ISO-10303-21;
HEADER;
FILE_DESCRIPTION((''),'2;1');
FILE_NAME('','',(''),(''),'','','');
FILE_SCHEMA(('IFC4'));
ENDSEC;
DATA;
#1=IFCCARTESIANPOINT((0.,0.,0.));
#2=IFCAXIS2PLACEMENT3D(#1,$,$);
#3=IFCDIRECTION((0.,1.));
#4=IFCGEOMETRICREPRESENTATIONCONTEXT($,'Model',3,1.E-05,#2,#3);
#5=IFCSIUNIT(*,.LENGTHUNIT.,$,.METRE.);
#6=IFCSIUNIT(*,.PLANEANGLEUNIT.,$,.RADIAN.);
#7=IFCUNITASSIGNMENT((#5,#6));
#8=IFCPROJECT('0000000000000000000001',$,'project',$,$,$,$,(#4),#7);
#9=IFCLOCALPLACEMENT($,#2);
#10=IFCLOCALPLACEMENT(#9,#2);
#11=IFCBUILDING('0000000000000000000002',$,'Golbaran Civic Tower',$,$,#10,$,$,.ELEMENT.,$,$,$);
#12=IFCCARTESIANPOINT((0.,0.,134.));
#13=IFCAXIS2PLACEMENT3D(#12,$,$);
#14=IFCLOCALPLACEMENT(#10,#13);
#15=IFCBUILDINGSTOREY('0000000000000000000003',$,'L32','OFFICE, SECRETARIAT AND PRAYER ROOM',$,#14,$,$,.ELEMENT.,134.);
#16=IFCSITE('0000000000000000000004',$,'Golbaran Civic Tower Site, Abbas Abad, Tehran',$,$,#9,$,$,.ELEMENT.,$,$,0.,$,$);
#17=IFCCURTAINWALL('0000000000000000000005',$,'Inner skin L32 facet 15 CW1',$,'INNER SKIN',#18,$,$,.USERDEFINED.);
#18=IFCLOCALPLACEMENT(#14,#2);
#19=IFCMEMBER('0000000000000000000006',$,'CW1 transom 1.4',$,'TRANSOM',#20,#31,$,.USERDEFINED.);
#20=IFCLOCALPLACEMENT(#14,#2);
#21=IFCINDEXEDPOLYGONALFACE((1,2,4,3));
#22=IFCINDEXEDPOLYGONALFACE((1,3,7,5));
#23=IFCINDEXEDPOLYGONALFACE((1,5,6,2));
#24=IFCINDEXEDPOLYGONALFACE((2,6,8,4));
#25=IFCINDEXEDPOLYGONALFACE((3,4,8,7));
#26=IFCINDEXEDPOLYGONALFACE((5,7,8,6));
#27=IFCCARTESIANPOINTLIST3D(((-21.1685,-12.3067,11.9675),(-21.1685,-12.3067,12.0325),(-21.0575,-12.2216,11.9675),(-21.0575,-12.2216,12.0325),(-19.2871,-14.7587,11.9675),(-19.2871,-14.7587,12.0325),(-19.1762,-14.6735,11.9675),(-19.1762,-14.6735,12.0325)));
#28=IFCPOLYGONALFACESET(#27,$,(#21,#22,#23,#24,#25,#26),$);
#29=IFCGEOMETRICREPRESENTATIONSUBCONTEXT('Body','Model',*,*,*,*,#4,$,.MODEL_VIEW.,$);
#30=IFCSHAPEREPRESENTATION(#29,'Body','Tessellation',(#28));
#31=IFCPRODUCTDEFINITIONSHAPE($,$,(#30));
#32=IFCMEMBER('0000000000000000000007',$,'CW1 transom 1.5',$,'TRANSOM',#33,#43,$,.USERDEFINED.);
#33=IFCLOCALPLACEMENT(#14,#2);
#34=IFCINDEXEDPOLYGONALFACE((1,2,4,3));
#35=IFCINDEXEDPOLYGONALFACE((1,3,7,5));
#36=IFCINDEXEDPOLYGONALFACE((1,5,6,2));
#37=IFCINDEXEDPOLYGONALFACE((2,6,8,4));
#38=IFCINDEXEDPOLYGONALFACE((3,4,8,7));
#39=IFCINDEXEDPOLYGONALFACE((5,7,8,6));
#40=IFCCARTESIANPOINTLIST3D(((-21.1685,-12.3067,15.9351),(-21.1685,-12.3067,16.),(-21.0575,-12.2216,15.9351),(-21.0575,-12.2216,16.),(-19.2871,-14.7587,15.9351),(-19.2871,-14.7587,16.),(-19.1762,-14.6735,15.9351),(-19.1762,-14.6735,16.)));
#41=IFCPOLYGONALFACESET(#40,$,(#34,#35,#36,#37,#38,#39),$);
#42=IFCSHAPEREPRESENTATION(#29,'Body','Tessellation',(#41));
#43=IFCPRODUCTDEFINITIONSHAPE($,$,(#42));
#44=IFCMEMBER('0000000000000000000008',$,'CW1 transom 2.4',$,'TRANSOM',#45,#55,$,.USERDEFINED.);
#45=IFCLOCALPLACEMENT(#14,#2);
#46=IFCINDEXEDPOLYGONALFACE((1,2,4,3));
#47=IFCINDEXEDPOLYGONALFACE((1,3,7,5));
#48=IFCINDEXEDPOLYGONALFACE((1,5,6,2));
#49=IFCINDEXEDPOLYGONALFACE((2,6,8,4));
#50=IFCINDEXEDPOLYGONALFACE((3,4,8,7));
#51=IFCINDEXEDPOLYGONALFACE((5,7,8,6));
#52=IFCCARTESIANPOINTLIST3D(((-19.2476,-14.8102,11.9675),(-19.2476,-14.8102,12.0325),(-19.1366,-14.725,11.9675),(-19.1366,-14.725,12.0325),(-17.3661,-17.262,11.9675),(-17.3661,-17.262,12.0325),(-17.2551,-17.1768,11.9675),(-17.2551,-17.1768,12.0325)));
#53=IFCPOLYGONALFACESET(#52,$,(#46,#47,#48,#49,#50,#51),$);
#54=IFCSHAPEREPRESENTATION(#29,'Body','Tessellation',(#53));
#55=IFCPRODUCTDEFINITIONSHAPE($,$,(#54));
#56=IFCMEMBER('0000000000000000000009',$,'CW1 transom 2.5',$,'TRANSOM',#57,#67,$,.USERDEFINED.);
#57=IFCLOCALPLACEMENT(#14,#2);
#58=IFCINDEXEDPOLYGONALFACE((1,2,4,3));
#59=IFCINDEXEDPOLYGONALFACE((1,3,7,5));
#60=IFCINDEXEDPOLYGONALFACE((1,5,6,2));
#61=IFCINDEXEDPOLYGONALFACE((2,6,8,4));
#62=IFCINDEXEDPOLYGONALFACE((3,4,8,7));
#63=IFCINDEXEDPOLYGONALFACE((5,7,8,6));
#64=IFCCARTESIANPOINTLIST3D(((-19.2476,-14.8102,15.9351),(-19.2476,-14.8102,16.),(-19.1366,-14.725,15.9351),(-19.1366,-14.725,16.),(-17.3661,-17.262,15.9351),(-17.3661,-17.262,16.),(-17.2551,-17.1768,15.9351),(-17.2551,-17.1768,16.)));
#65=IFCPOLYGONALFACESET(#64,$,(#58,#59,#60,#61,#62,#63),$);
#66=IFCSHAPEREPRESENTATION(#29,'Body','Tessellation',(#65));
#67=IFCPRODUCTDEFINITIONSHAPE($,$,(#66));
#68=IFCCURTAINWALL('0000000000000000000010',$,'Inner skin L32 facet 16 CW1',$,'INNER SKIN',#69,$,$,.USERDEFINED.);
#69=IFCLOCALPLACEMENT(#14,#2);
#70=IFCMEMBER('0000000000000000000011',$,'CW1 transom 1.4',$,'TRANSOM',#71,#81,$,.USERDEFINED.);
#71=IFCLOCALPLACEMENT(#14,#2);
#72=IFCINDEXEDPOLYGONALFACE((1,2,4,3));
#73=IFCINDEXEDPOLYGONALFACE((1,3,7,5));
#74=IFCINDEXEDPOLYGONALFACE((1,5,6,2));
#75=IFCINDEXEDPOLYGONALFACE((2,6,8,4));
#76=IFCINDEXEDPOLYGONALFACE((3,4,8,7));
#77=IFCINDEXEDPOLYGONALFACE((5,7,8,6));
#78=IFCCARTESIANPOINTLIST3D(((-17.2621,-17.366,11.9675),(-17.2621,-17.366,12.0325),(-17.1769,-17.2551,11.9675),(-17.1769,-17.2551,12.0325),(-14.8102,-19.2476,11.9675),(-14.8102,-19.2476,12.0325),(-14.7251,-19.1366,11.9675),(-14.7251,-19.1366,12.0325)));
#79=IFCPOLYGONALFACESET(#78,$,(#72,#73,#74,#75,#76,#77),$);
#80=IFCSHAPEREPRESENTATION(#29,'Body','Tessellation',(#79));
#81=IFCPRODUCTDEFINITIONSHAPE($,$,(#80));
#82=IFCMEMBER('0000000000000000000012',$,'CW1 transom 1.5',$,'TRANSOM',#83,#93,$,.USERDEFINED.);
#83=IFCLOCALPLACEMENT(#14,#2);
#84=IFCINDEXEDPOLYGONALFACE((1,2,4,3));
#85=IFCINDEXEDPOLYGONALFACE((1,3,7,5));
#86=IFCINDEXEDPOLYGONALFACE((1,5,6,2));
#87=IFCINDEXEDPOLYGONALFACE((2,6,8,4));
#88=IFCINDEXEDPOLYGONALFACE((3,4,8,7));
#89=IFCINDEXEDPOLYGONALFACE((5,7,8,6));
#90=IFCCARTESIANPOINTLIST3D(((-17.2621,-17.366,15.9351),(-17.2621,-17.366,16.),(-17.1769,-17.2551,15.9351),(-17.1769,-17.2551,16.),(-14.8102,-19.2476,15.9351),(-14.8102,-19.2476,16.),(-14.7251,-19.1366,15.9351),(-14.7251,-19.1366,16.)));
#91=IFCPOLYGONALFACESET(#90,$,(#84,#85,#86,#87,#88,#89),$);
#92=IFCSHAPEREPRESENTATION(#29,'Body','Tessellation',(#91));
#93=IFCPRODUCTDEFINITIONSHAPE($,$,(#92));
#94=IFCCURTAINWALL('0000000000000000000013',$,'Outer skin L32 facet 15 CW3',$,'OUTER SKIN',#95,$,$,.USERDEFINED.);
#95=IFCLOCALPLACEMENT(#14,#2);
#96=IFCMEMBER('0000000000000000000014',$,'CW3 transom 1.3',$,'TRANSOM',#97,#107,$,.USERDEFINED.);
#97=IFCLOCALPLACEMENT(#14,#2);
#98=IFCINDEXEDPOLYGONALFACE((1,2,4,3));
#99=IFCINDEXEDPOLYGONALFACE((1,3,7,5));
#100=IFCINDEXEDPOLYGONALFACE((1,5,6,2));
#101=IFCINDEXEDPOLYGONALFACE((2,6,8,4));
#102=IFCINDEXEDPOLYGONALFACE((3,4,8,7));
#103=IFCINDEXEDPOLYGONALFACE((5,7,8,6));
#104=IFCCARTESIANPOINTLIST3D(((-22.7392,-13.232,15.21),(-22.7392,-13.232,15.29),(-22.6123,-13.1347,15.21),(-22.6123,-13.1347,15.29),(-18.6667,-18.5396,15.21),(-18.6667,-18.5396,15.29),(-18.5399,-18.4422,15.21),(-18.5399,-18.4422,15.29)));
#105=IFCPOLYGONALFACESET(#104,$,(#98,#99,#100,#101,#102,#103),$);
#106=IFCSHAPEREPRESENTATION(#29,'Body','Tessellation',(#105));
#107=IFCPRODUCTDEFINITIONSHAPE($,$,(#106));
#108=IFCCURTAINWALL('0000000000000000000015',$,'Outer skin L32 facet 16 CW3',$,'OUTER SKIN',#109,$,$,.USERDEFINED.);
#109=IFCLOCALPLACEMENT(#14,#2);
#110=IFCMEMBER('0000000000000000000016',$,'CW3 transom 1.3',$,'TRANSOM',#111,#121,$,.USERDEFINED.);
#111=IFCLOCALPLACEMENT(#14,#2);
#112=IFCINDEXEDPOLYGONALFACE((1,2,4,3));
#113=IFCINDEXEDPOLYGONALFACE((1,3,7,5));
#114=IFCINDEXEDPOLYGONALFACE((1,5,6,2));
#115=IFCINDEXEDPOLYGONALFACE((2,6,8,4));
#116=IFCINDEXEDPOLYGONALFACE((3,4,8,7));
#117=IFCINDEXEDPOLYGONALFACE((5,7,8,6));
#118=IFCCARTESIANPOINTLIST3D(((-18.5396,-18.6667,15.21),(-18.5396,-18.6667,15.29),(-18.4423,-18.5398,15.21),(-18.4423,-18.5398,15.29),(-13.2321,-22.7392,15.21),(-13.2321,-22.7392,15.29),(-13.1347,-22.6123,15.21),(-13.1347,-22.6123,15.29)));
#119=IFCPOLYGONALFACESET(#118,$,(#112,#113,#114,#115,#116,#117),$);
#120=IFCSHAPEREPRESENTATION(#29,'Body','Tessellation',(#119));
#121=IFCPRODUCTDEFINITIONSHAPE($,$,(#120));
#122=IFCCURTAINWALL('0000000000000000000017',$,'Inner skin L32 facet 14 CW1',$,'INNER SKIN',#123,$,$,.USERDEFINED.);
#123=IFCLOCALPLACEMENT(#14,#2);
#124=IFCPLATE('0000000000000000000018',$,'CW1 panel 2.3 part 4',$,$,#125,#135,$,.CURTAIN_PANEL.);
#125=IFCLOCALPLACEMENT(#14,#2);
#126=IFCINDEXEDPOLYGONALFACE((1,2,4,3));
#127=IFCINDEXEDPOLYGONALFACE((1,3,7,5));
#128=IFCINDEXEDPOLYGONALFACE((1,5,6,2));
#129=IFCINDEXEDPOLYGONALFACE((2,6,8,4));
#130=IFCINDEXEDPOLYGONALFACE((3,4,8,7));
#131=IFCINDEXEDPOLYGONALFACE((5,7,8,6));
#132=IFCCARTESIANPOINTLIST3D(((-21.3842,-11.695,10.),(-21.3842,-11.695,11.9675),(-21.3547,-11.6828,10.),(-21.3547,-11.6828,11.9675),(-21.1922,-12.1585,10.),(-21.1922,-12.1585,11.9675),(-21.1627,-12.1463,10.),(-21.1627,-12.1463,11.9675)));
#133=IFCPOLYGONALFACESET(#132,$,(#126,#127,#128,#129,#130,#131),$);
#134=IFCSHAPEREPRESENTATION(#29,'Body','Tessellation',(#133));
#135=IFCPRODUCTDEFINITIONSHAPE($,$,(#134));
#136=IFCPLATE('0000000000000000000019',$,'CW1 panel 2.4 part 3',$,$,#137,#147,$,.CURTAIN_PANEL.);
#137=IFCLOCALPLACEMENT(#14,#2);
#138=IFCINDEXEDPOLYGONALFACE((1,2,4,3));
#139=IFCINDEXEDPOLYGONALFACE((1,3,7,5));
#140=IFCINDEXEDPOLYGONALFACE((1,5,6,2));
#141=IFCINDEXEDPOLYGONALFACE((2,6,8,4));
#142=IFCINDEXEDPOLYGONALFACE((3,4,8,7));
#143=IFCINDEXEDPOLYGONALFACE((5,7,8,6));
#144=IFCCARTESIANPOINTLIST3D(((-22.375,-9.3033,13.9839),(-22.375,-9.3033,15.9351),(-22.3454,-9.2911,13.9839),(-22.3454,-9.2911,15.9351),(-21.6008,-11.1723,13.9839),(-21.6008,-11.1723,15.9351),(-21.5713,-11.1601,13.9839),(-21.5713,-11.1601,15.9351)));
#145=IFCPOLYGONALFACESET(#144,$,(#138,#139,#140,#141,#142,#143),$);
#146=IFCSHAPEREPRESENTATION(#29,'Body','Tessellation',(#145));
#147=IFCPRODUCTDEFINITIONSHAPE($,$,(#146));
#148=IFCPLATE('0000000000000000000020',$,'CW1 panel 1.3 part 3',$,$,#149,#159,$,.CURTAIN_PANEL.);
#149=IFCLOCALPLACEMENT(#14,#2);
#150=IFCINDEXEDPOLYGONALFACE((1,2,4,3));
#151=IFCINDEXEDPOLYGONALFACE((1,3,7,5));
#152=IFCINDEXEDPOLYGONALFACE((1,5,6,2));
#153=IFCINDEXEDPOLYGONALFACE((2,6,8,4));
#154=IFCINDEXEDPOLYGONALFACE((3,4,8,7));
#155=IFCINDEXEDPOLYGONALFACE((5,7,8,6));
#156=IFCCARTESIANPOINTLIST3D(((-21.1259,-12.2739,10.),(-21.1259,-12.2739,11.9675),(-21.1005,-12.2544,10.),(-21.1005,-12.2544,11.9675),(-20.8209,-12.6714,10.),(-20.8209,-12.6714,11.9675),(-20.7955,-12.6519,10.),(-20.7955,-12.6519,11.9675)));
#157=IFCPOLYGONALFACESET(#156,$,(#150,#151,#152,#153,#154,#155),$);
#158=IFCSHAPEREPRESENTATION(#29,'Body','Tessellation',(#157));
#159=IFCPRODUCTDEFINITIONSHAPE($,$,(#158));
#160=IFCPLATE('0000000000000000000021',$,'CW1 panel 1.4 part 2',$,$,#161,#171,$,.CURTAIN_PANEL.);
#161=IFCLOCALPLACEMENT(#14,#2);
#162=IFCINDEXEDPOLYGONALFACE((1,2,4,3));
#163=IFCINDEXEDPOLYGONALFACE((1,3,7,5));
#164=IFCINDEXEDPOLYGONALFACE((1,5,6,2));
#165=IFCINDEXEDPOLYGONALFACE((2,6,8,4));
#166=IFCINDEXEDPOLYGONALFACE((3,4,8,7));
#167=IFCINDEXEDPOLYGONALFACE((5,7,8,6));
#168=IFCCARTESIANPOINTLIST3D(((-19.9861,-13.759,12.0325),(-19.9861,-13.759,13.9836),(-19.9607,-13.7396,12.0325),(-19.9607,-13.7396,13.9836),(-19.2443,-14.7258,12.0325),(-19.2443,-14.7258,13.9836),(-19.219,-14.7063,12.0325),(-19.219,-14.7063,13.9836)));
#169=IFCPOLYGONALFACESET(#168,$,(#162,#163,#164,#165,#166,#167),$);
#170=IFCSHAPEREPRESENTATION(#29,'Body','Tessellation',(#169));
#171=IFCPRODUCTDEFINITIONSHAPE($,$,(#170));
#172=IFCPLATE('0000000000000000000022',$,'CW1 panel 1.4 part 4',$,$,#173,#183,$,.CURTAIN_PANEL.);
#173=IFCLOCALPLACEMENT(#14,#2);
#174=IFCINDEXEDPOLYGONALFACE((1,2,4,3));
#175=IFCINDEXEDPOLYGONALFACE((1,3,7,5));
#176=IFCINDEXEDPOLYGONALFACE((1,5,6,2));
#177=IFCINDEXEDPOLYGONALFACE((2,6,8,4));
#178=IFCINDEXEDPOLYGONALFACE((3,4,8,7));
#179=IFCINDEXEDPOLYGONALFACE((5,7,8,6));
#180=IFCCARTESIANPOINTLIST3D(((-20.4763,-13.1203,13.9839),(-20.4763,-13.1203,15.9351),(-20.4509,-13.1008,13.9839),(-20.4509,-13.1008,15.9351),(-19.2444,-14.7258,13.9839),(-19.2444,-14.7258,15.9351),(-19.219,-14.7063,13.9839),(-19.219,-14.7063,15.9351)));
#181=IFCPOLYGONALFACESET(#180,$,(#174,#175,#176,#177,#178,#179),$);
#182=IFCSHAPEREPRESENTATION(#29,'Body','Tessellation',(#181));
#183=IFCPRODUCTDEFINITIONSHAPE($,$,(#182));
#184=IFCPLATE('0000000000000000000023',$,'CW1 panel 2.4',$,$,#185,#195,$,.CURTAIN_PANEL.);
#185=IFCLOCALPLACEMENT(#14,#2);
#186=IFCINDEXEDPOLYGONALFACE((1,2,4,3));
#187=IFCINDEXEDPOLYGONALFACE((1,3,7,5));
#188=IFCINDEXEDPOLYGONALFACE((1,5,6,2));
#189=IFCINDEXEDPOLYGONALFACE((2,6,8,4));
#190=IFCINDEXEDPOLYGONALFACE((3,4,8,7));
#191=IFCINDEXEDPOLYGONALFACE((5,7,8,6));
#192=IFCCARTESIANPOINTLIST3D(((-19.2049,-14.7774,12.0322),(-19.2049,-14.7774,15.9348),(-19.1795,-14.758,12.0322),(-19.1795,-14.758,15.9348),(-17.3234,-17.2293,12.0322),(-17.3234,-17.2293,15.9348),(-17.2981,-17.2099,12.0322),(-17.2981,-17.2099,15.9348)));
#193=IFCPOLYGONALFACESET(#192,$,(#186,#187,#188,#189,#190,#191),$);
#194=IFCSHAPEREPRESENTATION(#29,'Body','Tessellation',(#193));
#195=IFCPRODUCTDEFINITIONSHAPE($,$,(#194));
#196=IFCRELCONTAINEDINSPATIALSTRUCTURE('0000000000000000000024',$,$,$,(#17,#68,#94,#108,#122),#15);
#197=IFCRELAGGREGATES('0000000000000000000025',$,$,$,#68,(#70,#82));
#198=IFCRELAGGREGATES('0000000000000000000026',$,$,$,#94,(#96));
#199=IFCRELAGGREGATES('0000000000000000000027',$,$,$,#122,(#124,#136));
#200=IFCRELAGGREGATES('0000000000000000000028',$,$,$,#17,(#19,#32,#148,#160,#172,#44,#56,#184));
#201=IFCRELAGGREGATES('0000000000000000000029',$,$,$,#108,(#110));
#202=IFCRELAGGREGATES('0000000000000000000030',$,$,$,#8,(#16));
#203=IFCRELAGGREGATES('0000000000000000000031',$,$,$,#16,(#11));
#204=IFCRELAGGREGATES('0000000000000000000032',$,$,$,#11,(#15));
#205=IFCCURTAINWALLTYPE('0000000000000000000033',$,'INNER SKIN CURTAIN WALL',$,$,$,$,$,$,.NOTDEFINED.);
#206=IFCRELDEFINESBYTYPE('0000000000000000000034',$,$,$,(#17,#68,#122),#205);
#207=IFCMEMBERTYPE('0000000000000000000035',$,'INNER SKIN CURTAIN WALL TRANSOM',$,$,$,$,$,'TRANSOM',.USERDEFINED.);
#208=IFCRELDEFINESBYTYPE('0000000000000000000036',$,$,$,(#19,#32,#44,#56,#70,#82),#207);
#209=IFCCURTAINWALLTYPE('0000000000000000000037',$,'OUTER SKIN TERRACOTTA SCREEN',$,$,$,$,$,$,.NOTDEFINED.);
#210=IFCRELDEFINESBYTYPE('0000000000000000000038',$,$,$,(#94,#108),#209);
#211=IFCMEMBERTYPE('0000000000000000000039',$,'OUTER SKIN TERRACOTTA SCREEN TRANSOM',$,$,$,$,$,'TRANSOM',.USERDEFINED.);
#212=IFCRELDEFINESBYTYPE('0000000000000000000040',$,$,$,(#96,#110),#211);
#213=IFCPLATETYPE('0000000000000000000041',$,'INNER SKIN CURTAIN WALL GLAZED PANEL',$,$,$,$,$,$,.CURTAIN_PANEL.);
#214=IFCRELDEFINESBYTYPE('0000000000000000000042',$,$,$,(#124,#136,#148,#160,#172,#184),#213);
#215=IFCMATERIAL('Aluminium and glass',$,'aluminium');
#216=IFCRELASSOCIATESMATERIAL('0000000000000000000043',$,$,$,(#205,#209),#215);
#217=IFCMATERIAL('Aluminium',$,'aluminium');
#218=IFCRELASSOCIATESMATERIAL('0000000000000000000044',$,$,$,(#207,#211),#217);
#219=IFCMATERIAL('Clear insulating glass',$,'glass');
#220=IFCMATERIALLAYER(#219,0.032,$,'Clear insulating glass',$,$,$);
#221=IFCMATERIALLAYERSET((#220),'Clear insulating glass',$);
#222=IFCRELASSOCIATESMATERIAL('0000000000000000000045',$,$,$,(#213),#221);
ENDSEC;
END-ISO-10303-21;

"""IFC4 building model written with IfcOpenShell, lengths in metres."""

from ifc_helpers import new_model, si_unit, direction, frame, origin, origin_2d, place, context, subcontext, project, spatial, rectangle, extrude, material, layer, layer_set, material_profile, profile_set, type_object, element, aggregate, save


model = new_model("IFC4")

# Units and contexts
model_context = context("Model", 3, precision=1e-05, world=origin(), true_north=direction((0.0, 1.0)))
body_context = subcontext(model_context, "Body", "Model", "MODEL_VIEW")
ifc_project = project(units=[si_unit("LENGTHUNIT", "METRE"), si_unit("PLANEANGLEUNIT", "RADIAN")], contexts=[model_context])

# Site, building, storey
site_placement = place(None, origin())
site = spatial("IfcSite", under=ifc_project, at=site_placement, Name="Golbaran Civic Tower Site, Abbas Abad, Tehran", CompositionType="ELEMENT", RefElevation=0.0)
building_placement = place(site_placement, origin())
building = spatial("IfcBuilding", under=site, at=building_placement, Name="Golbaran Civic Tower", CompositionType="ELEMENT")
storey_placement = place(building_placement, frame((0.0, 0.0, 134.0)))
storey = spatial("IfcBuildingStorey", under=building, at=storey_placement, Name="L32", Description="OFFICE, SECRETARIAT AND PRAYER ROOM", CompositionType="ELEMENT", Elevation=134.0)

# Curtain walls, members
ifc_material_1 = material(Name="Aluminium and glass", Category="aluminium")
curtain_wall_type_1 = type_object("IfcCurtainWallType", Name="INNER SKIN CURTAIN WALL", PredefinedType="NOTDEFINED", material=ifc_material_1)
curtain_wall_1_placement = place(storey_placement, origin())
curtain_wall_1 = element("IfcCurtainWall", 1, at=curtain_wall_1_placement, inside=storey, type_object=curtain_wall_type_1, Name="Inner skin L32 facet 15 CW1", ObjectType="INNER SKIN", PredefinedType="USERDEFINED")
ifc_material_2 = material(Name="Aluminium", Category="aluminium")
ifc_material_profile_1 = material_profile(ifc_material_2, rectangle(XDim=0.1399, YDim=0.0649, at=origin_2d()), Name="INNER SKIN CURTAIN WALL TRANSOM")
ifc_profile_set_1 = profile_set([ifc_material_profile_1], Name="Aluminium")
member_type_1 = type_object("IfcMemberType", Name="INNER SKIN CURTAIN WALL TRANSOM", ElementType="TRANSOM", PredefinedType="USERDEFINED", material=ifc_profile_set_1)
member_1_placement = place(storey_placement, frame((-21.113, -12.2642, 12.0), z_axis=(0.608748, -0.793363, 0.0), x_axis=(0.793363, 0.608748, 0.0)))
member_1 = element("IfcMember", 2, at=member_1_placement, type_object=member_type_1, Name="CW1 transom 1.4", ObjectType="TRANSOM", PredefinedType="USERDEFINED", context=body_context, shape_type="SweptSolid", body=[
    extrude(rectangle(XDim=0.1399, YDim=0.0649, at=origin_2d()), origin(), (0.0, 0.0, 1.0), 3.0906),
])
member_2_placement = place(storey_placement, frame((-21.113, -12.2642, 15.9675), z_axis=(0.608748, -0.793363, 0.0), x_axis=(0.793363, 0.608748, 0.0)))
member_2 = element("IfcMember", 3, at=member_2_placement, type_object=member_type_1, Name="CW1 transom 1.5", ObjectType="TRANSOM", PredefinedType="USERDEFINED", context=body_context, shape_type="SweptSolid", body=[
    extrude(rectangle(XDim=0.1399, YDim=0.0649, at=origin_2d()), origin(), (0.0, 0.0, 1.0), 3.0906),
])
member_3_placement = place(storey_placement, frame((-19.1921, -14.7676, 12.0), z_axis=(0.608798, -0.793325, 0.0), x_axis=(0.793325, 0.608798, 0.0)))
member_3 = element("IfcMember", 4, at=member_3_placement, type_object=member_type_1, Name="CW1 transom 2.4", ObjectType="TRANSOM", PredefinedType="USERDEFINED", context=body_context, shape_type="SweptSolid", body=[
    extrude(rectangle(XDim=0.1399, YDim=0.0649, at=origin_2d()), origin(), (0.0, 0.0, 1.0), 3.0906),
])
member_4_placement = place(storey_placement, frame((-19.1921, -14.7676, 15.9675), z_axis=(0.608798, -0.793325, 0.0), x_axis=(0.793325, 0.608798, 0.0)))
member_4 = element("IfcMember", 5, at=member_4_placement, type_object=member_type_1, Name="CW1 transom 2.5", ObjectType="TRANSOM", PredefinedType="USERDEFINED", context=body_context, shape_type="SweptSolid", body=[
    extrude(rectangle(XDim=0.1399, YDim=0.0649, at=origin_2d()), origin(), (0.0, 0.0, 1.0), 3.0906),
])
curtain_wall_2_placement = place(storey_placement, origin())
curtain_wall_2 = element("IfcCurtainWall", 6, at=curtain_wall_2_placement, inside=storey, type_object=curtain_wall_type_1, Name="Inner skin L32 facet 16 CW1", ObjectType="INNER SKIN", PredefinedType="USERDEFINED")
member_5_placement = place(storey_placement, frame((-17.2195, -17.3105, 12.0), z_axis=(0.793325, -0.608798, 0.0), x_axis=(0.608798, 0.793325, 0.0)))
member_5 = element("IfcMember", 7, at=member_5_placement, type_object=member_type_1, Name="CW1 transom 1.4", ObjectType="TRANSOM", PredefinedType="USERDEFINED", context=body_context, shape_type="SweptSolid", body=[
    extrude(rectangle(XDim=0.1399, YDim=0.0649, at=origin_2d()), origin(), (0.0, 0.0, 1.0), 3.0906),
])
member_6_placement = place(storey_placement, frame((-17.2195, -17.3105, 15.9675), z_axis=(0.793325, -0.608798, 0.0), x_axis=(0.608798, 0.793325, 0.0)))
member_6 = element("IfcMember", 8, at=member_6_placement, type_object=member_type_1, Name="CW1 transom 1.5", ObjectType="TRANSOM", PredefinedType="USERDEFINED", context=body_context, shape_type="SweptSolid", body=[
    extrude(rectangle(XDim=0.1399, YDim=0.0649, at=origin_2d()), origin(), (0.0, 0.0, 1.0), 3.0906),
])
aggregate(curtain_wall_2, [member_5, member_6])

# Curtain walls, members
curtain_wall_type_2 = type_object("IfcCurtainWallType", Name="OUTER SKIN TERRACOTTA SCREEN", PredefinedType="NOTDEFINED", material=ifc_material_1)
curtain_wall_3_placement = place(storey_placement, origin())
curtain_wall_3 = element("IfcCurtainWall", 9, at=curtain_wall_3_placement, inside=storey, type_object=curtain_wall_type_2, Name="Outer skin L32 facet 15 CW3", ObjectType="OUTER SKIN", PredefinedType="USERDEFINED")
ifc_material_profile_2 = material_profile(ifc_material_2, rectangle(XDim=0.1599, YDim=0.0801, at=origin_2d()), Name="OUTER SKIN TERRACOTTA SCREEN TRANSOM")
ifc_profile_set_2 = profile_set([ifc_material_profile_2], Name="Aluminium")
member_type_2 = type_object("IfcMemberType", Name="OUTER SKIN TERRACOTTA SCREEN TRANSOM", ElementType="TRANSOM", PredefinedType="USERDEFINED", material=ifc_profile_set_2)
member_7_placement = place(storey_placement, frame((-22.6758, -13.1833, 15.25), z_axis=(0.608746, -0.793365, 0.0), x_axis=(0.793365, 0.608746, 0.0)))
member_7 = element("IfcMember", 10, at=member_7_placement, type_object=member_type_2, Name="CW3 transom 1.3", ObjectType="TRANSOM", PredefinedType="USERDEFINED", context=body_context, shape_type="SweptSolid", body=[
    extrude(rectangle(XDim=0.1599, YDim=0.0801, at=origin_2d()), origin(), (0.0, 0.0, 1.0), 6.6899),
])
aggregate(curtain_wall_3, [member_7])
curtain_wall_4_placement = place(storey_placement, origin())
curtain_wall_4 = element("IfcCurtainWall", 11, at=curtain_wall_4_placement, inside=storey, type_object=curtain_wall_type_2, Name="Outer skin L32 facet 16 CW3", ObjectType="OUTER SKIN", PredefinedType="USERDEFINED")
member_8_placement = place(storey_placement, frame((-18.491, -18.6033, 15.25), z_axis=(0.793365, -0.608746, 0.0), x_axis=(0.608746, 0.793365, 0.0)))
member_8 = element("IfcMember", 12, at=member_8_placement, type_object=member_type_2, Name="CW3 transom 1.3", ObjectType="TRANSOM", PredefinedType="USERDEFINED", context=body_context, shape_type="SweptSolid", body=[
    extrude(rectangle(XDim=0.1599, YDim=0.0801, at=origin_2d()), origin(), (0.0, 0.0, 1.0), 6.6899),
])

# Curtain wall, plates
curtain_wall_5_placement = place(storey_placement, origin())
curtain_wall_5 = element("IfcCurtainWall", 13, at=curtain_wall_5_placement, inside=storey, type_object=curtain_wall_type_1, Name="Inner skin L32 facet 14 CW1", ObjectType="INNER SKIN", PredefinedType="USERDEFINED")
ifc_material_3 = material(Name="Clear insulating glass", Category="glass")
ifc_layer_1 = layer(ifc_material_3, 0.032, Name="Clear insulating glass")
ifc_layer_set_1 = layer_set([ifc_layer_1], Name="Clear insulating glass")
plate_type_1 = type_object("IfcPlateType", Name="INNER SKIN CURTAIN WALL GLAZED PANEL", PredefinedType="CURTAIN_PANEL", material=ifc_layer_set_1)
plate_1_placement = place(storey_placement, frame((-21.2734, -11.9207, 10.0), z_axis=(0.0, 0.0, 1.0), x_axis=(0.382683, -0.92388, 0.0)))
plate_1 = element("IfcPlate", 14, at=plate_1_placement, type_object=plate_type_1, Name="CW1 panel 2.3 part 4", PredefinedType="CURTAIN_PANEL", context=body_context, shape_type="SweptSolid", body=[
    extrude(rectangle(XDim=0.5017, YDim=0.032, at=origin_2d()), origin(), (0.0, 0.0, 1.0), 1.9675),
])
plate_2_placement = place(storey_placement, frame((-21.9731, -10.2317, 13.9839), z_axis=(0.0, 0.0, 1.0), x_axis=(0.382683, -0.92388, 0.0)))
plate_2 = element("IfcPlate", 15, at=plate_2_placement, type_object=plate_type_1, Name="CW1 panel 2.4 part 3", PredefinedType="CURTAIN_PANEL", context=body_context, shape_type="SweptSolid", body=[
    extrude(rectangle(XDim=2.0229, YDim=0.032, at=origin_2d()), origin(), (0.0, 0.0, 1.0), 1.9512),
])

# Plates
plate_3_placement = place(storey_placement, frame((-20.9607, -12.4629, 10.0), z_axis=(0.0, 0.0, 1.0), x_axis=(0.608761, -0.793353, 0.0)))
plate_3 = element("IfcPlate", 16, at=plate_3_placement, type_object=plate_type_1, Name="CW1 panel 1.3 part 3", PredefinedType="CURTAIN_PANEL", context=body_context, shape_type="SweptSolid", body=[
    extrude(rectangle(XDim=0.501, YDim=0.032, at=origin_2d()), origin(), (0.0, 0.0, 1.0), 1.9675),
])
plate_4_placement = place(storey_placement, frame((-19.6025, -14.2327, 12.0325), z_axis=(0.0, 0.0, 1.0), x_axis=(0.608761, -0.793353, 0.0)))
plate_4 = element("IfcPlate", 17, at=plate_4_placement, type_object=plate_type_1, Name="CW1 panel 1.4 part 2", PredefinedType="CURTAIN_PANEL", context=body_context, shape_type="SweptSolid", body=[
    extrude(rectangle(XDim=1.2185, YDim=0.032, at=origin_2d()), origin(), (0.0, 0.0, 1.0), 1.9512),
])
plate_5_placement = place(storey_placement, frame((-19.8477, -13.9133, 13.9839), z_axis=(0.0, 0.0, 1.0), x_axis=(0.608761, -0.793353, 0.0)))
plate_5 = element("IfcPlate", 18, at=plate_5_placement, type_object=plate_type_1, Name="CW1 panel 1.4 part 4", PredefinedType="CURTAIN_PANEL", context=body_context, shape_type="SweptSolid", body=[
    extrude(rectangle(XDim=2.0237, YDim=0.032, at=origin_2d()), origin(), (0.0, 0.0, 1.0), 1.9512),
])
plate_6_placement = place(storey_placement, frame((-18.2515, -15.9937, 12.0322), z_axis=(0.0, 0.0, 1.0), x_axis=(0.608761, -0.793353, 0.0)))
plate_6 = element("IfcPlate", 19, at=plate_6_placement, type_object=plate_type_1, Name="CW1 panel 2.4", PredefinedType="CURTAIN_PANEL", context=body_context, shape_type="SweptSolid", body=[
    extrude(rectangle(XDim=3.0906, YDim=0.032, at=origin_2d()), origin(), (0.0, 0.0, 1.0), 3.9026),
])
aggregate(curtain_wall_5, [plate_1, plate_2])
aggregate(curtain_wall_1, [member_1, member_2, plate_3, plate_4, plate_5, member_3, member_4, plate_6])
aggregate(curtain_wall_4, [member_8])

save(model, "model.ifc")
